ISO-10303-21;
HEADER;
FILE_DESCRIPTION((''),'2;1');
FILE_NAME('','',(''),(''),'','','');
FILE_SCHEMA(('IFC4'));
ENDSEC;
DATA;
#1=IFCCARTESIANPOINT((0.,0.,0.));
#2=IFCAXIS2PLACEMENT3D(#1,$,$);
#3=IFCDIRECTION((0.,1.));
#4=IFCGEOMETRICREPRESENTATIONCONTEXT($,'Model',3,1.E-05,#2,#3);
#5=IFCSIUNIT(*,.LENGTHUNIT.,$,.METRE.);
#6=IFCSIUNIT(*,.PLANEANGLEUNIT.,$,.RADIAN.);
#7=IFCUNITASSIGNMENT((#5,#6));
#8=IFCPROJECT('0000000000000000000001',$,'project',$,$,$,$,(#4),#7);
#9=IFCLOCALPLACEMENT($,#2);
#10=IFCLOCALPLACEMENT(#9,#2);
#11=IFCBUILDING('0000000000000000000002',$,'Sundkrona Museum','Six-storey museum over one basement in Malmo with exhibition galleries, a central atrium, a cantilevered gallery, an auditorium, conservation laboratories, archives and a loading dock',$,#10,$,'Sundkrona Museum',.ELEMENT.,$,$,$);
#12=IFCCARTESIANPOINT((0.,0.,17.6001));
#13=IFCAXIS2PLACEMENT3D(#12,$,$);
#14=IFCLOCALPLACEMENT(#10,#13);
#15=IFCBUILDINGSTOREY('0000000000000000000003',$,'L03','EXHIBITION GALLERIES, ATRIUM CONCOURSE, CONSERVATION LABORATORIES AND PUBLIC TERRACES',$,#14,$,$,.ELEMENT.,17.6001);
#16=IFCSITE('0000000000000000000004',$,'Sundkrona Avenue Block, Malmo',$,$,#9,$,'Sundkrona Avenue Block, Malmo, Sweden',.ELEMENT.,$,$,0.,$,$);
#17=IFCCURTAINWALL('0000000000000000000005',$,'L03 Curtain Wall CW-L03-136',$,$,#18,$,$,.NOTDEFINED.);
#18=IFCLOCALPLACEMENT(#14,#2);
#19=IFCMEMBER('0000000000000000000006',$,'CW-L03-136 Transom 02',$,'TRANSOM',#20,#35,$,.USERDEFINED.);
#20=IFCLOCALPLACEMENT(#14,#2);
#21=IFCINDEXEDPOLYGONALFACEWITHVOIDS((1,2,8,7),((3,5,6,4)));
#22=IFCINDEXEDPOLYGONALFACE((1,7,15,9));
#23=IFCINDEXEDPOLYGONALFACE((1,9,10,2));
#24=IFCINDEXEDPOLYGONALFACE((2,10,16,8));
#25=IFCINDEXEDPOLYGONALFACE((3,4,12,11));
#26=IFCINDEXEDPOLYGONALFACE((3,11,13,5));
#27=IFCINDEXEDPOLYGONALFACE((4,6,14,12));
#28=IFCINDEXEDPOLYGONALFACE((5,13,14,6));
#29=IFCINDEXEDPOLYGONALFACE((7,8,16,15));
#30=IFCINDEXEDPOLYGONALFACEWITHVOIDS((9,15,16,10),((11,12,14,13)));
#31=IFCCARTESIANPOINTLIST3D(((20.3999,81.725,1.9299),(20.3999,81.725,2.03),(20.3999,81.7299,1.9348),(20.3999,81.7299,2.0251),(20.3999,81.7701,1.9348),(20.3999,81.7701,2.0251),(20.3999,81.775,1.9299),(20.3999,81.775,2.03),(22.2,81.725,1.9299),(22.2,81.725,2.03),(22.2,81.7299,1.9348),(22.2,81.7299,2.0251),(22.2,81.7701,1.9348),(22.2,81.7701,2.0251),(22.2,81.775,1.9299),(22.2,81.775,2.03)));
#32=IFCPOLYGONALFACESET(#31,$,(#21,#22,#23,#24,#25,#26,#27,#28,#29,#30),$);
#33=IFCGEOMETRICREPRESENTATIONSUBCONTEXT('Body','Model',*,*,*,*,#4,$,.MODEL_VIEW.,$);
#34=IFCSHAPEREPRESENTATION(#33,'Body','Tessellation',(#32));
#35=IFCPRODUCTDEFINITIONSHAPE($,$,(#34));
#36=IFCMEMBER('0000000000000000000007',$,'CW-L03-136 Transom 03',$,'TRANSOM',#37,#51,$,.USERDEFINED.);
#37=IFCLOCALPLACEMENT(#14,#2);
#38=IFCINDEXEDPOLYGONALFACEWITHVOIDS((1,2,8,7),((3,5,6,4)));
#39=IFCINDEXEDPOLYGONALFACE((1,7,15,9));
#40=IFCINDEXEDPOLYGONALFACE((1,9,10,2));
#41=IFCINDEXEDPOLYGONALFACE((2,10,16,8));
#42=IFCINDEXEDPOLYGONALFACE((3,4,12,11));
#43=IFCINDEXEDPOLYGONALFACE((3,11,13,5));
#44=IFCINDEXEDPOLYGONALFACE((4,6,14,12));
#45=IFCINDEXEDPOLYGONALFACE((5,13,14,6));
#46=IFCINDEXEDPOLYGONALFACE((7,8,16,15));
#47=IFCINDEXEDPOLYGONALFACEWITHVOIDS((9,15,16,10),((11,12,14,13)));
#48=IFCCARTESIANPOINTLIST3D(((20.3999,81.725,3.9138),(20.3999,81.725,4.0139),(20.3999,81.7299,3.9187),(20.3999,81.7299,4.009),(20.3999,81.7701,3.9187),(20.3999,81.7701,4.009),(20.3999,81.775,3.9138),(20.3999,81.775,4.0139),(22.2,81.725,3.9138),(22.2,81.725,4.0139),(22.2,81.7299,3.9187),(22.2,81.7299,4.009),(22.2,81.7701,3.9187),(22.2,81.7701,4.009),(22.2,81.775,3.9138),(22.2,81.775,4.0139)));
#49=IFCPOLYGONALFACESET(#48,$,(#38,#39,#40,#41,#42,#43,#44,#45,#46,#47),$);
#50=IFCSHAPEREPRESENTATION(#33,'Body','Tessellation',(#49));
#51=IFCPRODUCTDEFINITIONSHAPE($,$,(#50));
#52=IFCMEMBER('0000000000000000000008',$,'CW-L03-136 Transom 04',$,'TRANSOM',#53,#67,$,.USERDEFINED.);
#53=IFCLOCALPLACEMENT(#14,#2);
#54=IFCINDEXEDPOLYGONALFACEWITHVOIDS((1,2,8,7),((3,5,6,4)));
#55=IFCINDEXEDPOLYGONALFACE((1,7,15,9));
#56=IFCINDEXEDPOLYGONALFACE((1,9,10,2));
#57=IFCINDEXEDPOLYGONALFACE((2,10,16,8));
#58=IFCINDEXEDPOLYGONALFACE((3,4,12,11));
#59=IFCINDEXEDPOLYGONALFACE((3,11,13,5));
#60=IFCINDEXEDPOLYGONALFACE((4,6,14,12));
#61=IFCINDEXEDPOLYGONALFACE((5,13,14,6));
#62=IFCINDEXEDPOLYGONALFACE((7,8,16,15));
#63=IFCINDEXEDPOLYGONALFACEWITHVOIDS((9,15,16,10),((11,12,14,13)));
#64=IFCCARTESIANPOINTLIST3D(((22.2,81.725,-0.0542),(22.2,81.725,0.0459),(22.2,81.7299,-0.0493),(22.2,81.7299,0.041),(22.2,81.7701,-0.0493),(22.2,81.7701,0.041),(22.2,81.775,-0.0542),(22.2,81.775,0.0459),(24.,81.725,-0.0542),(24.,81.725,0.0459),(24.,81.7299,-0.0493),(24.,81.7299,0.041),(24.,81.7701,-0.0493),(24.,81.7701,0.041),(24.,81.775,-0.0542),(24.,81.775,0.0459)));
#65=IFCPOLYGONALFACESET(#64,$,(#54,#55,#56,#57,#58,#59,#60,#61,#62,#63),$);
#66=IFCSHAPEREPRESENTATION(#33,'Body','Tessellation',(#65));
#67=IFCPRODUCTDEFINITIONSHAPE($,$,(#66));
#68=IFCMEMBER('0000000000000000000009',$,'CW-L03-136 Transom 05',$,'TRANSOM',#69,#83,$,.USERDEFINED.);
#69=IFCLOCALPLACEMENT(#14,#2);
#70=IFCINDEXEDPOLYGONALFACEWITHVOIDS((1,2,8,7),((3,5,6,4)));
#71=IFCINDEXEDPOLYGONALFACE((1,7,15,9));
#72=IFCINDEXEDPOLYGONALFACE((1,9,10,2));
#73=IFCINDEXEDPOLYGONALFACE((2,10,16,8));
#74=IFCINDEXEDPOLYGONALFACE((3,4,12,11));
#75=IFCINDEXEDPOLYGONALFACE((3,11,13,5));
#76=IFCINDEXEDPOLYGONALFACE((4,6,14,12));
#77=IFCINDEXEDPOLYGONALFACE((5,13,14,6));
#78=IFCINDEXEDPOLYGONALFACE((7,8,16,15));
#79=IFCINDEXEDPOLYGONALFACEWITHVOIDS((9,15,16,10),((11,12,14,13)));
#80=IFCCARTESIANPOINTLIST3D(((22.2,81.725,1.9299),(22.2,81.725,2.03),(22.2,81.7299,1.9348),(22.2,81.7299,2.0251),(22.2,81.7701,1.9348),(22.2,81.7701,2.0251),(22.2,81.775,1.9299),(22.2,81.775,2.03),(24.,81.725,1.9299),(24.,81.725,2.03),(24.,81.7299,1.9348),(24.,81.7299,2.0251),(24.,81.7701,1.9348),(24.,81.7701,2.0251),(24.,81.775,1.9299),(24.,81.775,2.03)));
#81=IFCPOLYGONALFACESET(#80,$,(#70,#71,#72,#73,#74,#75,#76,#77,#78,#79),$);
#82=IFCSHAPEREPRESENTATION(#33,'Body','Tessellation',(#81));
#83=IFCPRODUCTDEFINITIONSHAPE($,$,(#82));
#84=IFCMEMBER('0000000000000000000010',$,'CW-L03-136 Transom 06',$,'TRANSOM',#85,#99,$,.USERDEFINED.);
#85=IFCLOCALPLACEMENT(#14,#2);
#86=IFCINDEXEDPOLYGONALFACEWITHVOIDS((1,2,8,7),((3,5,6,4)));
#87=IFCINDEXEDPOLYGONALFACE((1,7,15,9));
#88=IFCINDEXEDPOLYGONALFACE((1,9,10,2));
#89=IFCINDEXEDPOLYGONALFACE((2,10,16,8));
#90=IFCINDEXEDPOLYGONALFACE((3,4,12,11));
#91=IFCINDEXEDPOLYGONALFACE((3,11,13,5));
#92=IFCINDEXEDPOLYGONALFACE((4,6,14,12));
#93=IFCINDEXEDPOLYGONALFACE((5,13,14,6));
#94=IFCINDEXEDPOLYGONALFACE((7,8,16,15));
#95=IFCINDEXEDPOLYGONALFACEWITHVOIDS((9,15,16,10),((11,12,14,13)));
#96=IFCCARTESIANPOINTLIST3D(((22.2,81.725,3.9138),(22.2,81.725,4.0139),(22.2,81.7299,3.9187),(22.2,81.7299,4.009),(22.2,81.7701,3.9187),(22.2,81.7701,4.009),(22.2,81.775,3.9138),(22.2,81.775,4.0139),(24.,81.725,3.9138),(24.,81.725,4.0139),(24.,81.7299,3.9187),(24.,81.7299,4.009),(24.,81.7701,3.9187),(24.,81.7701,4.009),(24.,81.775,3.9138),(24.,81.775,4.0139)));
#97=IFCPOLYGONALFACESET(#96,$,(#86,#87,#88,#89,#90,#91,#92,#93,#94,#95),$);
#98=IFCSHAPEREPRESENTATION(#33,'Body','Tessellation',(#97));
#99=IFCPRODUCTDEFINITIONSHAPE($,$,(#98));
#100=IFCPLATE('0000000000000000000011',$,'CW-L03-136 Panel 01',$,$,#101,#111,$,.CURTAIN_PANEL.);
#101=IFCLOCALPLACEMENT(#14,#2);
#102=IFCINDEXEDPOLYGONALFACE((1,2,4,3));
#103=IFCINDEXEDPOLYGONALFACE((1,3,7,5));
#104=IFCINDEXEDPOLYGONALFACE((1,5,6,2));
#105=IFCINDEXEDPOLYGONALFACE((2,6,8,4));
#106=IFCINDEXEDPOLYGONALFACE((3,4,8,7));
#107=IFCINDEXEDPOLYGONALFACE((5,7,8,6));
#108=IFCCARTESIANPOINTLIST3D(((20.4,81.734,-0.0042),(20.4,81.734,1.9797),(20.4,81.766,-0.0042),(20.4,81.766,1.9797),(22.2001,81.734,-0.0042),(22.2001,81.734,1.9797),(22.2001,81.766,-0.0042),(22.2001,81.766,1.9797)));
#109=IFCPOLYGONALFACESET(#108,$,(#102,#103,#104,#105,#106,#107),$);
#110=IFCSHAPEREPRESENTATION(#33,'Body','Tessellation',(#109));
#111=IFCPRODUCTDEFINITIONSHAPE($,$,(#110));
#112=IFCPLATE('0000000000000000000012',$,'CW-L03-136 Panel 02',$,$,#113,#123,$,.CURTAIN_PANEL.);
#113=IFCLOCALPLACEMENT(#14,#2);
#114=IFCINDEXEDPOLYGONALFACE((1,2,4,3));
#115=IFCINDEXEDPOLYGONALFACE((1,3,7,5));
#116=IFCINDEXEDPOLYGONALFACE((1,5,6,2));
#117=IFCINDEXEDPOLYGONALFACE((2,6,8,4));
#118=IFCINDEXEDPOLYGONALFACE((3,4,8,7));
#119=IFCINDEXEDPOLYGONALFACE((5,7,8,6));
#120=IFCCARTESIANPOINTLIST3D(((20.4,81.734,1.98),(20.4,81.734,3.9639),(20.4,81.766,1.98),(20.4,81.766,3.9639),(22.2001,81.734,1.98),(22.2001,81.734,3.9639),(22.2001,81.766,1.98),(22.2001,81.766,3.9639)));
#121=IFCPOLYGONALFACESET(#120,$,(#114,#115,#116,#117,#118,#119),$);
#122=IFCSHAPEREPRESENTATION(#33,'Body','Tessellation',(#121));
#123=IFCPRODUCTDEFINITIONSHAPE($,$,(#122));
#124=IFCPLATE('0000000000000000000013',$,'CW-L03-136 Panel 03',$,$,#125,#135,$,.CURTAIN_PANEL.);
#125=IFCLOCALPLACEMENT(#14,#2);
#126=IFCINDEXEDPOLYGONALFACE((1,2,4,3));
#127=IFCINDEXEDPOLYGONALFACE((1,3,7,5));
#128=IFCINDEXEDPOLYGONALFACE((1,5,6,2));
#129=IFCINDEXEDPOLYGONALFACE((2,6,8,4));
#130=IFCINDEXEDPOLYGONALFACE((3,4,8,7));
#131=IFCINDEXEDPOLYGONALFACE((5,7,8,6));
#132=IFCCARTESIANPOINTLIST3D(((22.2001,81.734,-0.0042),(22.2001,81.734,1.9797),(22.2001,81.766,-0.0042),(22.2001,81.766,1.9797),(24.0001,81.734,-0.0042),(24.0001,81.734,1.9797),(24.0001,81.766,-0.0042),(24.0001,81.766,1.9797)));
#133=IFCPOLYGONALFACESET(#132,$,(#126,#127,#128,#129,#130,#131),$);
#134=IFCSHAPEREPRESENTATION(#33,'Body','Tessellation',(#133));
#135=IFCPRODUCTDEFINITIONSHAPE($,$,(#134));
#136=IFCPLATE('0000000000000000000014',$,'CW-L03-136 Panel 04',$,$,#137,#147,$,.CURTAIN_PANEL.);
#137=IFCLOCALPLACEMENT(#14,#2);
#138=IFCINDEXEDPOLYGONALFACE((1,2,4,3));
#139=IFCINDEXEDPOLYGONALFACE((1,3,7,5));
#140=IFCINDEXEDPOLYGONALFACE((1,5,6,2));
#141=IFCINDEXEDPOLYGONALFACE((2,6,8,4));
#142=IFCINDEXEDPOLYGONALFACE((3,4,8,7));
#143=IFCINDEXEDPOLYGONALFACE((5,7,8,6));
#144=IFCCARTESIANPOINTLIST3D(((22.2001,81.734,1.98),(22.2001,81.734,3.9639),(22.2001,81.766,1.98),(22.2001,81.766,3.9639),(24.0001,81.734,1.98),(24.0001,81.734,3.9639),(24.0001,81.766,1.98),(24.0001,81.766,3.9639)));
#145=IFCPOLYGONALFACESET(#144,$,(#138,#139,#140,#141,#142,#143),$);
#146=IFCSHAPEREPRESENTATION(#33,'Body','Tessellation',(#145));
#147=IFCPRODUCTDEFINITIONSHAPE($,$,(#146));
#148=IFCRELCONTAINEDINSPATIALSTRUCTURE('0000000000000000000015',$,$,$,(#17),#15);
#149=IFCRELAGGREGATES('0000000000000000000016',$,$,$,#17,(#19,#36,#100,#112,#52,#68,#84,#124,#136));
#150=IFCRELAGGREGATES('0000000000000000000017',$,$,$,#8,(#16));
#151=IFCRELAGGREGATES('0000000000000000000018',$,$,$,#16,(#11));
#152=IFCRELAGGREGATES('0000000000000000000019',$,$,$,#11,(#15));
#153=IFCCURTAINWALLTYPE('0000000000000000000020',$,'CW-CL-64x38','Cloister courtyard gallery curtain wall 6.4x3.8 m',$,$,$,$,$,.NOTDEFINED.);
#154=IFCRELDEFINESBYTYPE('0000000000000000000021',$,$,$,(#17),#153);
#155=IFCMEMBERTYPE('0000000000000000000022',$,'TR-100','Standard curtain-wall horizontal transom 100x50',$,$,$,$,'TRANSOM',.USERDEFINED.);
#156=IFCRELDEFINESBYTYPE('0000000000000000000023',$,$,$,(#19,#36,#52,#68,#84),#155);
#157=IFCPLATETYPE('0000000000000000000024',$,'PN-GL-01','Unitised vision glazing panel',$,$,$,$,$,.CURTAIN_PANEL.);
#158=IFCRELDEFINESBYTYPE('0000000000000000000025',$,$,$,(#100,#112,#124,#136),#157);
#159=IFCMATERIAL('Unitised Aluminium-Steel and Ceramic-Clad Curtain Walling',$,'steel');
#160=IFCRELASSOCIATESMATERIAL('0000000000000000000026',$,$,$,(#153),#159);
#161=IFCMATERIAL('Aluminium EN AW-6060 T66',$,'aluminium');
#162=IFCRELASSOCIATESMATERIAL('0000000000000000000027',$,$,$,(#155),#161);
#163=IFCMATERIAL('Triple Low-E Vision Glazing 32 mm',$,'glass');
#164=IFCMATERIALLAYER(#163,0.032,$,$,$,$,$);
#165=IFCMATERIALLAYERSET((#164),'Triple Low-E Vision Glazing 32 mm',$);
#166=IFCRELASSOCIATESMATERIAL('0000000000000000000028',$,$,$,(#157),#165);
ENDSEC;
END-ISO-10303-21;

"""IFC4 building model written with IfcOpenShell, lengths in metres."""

from ifc_helpers import new_model, si_unit, direction, frame, origin, origin_2d, place, context, subcontext, project, spatial, rectangle, hollow_rectangle, extrude, material, layer, layer_set, material_profile, profile_set, type_object, element, aggregate, save


model = new_model("IFC4")

# Units and contexts
model_context = context("Model", 3, precision=1e-05, world=origin(), true_north=direction((0.0, 1.0)))
body_context = subcontext(model_context, "Body", "Model", "MODEL_VIEW")
ifc_project = project(units=[si_unit("LENGTHUNIT", "METRE"), si_unit("PLANEANGLEUNIT", "RADIAN")], contexts=[model_context])

# Site, building, storey
site_placement = place(None, origin())
site = spatial("IfcSite", under=ifc_project, at=site_placement, Name="Sundkrona Avenue Block, Malmo", LongName="Sundkrona Avenue Block, Malmo, Sweden", CompositionType="ELEMENT", RefElevation=0.0)
building_placement = place(site_placement, origin())
building = spatial("IfcBuilding", under=site, at=building_placement, Name="Sundkrona Museum", Description="Six-storey museum over one basement in Malmo with exhibition galleries, a central atrium, a cantilevered gallery, an auditorium, conservation laboratories, archives and a loading dock", LongName="Sundkrona Museum", CompositionType="ELEMENT")
storey_placement = place(building_placement, frame((0.0, 0.0, 17.6001)))
storey = spatial("IfcBuildingStorey", under=building, at=storey_placement, Name="L03", Description="EXHIBITION GALLERIES, ATRIUM CONCOURSE, CONSERVATION LABORATORIES AND PUBLIC TERRACES", CompositionType="ELEMENT", Elevation=17.6001)

# Curtain wall
ifc_material_1 = material(Name="Unitised Aluminium-Steel and Ceramic-Clad Curtain Walling", Category="steel")
curtain_wall_type = type_object("IfcCurtainWallType", Name="CW-CL-64x38", Description="Cloister courtyard gallery curtain wall 6.4x3.8 m", PredefinedType="NOTDEFINED", material=ifc_material_1)
curtain_wall_placement = place(storey_placement, origin())
curtain_wall = element("IfcCurtainWall", 1, at=curtain_wall_placement, inside=storey, type_object=curtain_wall_type, Name="L03 Curtain Wall CW-L03-136", PredefinedType="NOTDEFINED")
ifc_material_2 = material(Name="Aluminium EN AW-6060 T66", Category="aluminium")

# Members
ifc_material_profile_1 = material_profile(ifc_material_2, hollow_rectangle(XDim=0.05, YDim=0.1001, WallThickness=0.0049, at=origin_2d()), Name="RHS 100x50x5.0")
ifc_profile_set_1 = profile_set([ifc_material_profile_1], Name="Aluminium EN AW-6060 T66")
member_type_1 = type_object("IfcMemberType", Name="TR-100", Description="Standard curtain-wall horizontal transom 100x50", ElementType="TRANSOM", PredefinedType="USERDEFINED", material=ifc_profile_set_1)
member_1_placement = place(storey_placement, frame((20.3999, 81.75, 1.98), z_axis=(1.0, 0.0, 0.0), x_axis=(0.0, 1.0, 0.0)))
member_1 = element("IfcMember", 2, at=member_1_placement, type_object=member_type_1, Name="CW-L03-136 Transom 02", ObjectType="TRANSOM", PredefinedType="USERDEFINED", context=body_context, shape_type="SweptSolid", body=[
    extrude(hollow_rectangle(XDim=0.05, YDim=0.1001, WallThickness=0.0049, at=origin_2d()), origin(), (0.0, 0.0, 1.0), 1.8),
])
member_2_placement = place(storey_placement, frame((20.3999, 81.75, 3.9639), z_axis=(1.0, 0.0, 0.0), x_axis=(0.0, 1.0, 0.0)))
member_2 = element("IfcMember", 3, at=member_2_placement, type_object=member_type_1, Name="CW-L03-136 Transom 03", ObjectType="TRANSOM", PredefinedType="USERDEFINED", context=body_context, shape_type="SweptSolid", body=[
    extrude(hollow_rectangle(XDim=0.05, YDim=0.1001, WallThickness=0.0049, at=origin_2d()), origin(), (0.0, 0.0, 1.0), 1.8),
])
member_3_placement = place(storey_placement, frame((22.2, 81.75, -0.0042), z_axis=(1.0, 0.0, 0.0), x_axis=(0.0, 1.0, 0.0)))
member_3 = element("IfcMember", 4, at=member_3_placement, type_object=member_type_1, Name="CW-L03-136 Transom 04", ObjectType="TRANSOM", PredefinedType="USERDEFINED", context=body_context, shape_type="SweptSolid", body=[
    extrude(hollow_rectangle(XDim=0.05, YDim=0.1001, WallThickness=0.0049, at=origin_2d()), origin(), (0.0, 0.0, 1.0), 1.8),
])
member_4_placement = place(storey_placement, frame((22.2, 81.75, 1.98), z_axis=(1.0, 0.0, 0.0), x_axis=(0.0, 1.0, 0.0)))
member_4 = element("IfcMember", 5, at=member_4_placement, type_object=member_type_1, Name="CW-L03-136 Transom 05", ObjectType="TRANSOM", PredefinedType="USERDEFINED", context=body_context, shape_type="SweptSolid", body=[
    extrude(hollow_rectangle(XDim=0.05, YDim=0.1001, WallThickness=0.0049, at=origin_2d()), origin(), (0.0, 0.0, 1.0), 1.8),
])
member_5_placement = place(storey_placement, frame((22.2, 81.75, 3.9639), z_axis=(1.0, 0.0, 0.0), x_axis=(0.0, 1.0, 0.0)))
member_5 = element("IfcMember", 6, at=member_5_placement, type_object=member_type_1, Name="CW-L03-136 Transom 06", ObjectType="TRANSOM", PredefinedType="USERDEFINED", context=body_context, shape_type="SweptSolid", body=[
    extrude(hollow_rectangle(XDim=0.05, YDim=0.1001, WallThickness=0.0049, at=origin_2d()), origin(), (0.0, 0.0, 1.0), 1.8),
])

# Plates
ifc_material_3 = material(Name="Triple Low-E Vision Glazing 32 mm", Category="glass")
ifc_layer_1 = layer(ifc_material_3, 0.032)
ifc_layer_set_1 = layer_set([ifc_layer_1], Name="Triple Low-E Vision Glazing 32 mm")
plate_type = type_object("IfcPlateType", Name="PN-GL-01", Description="Unitised vision glazing panel", PredefinedType="CURTAIN_PANEL", material=ifc_layer_set_1)
plate_1_placement = place(storey_placement, frame((21.3, 81.75, -0.0042), z_axis=(0.0, 0.0, 1.0), x_axis=(1.0, 0.0, 0.0)))
plate_1 = element("IfcPlate", 7, at=plate_1_placement, type_object=plate_type, Name="CW-L03-136 Panel 01", PredefinedType="CURTAIN_PANEL", context=body_context, shape_type="SweptSolid", body=[
    extrude(rectangle(XDim=1.8, YDim=0.032, at=origin_2d()), origin(), (0.0, 0.0, 1.0), 1.9839),
])
plate_2_placement = place(storey_placement, frame((21.3, 81.75, 1.98), z_axis=(0.0, 0.0, 1.0), x_axis=(1.0, 0.0, 0.0)))
plate_2 = element("IfcPlate", 8, at=plate_2_placement, type_object=plate_type, Name="CW-L03-136 Panel 02", PredefinedType="CURTAIN_PANEL", context=body_context, shape_type="SweptSolid", body=[
    extrude(rectangle(XDim=1.8, YDim=0.032, at=origin_2d()), origin(), (0.0, 0.0, 1.0), 1.9839),
])
plate_3_placement = place(storey_placement, frame((23.1001, 81.75, -0.0042), z_axis=(0.0, 0.0, 1.0), x_axis=(1.0, 0.0, 0.0)))
plate_3 = element("IfcPlate", 9, at=plate_3_placement, type_object=plate_type, Name="CW-L03-136 Panel 03", PredefinedType="CURTAIN_PANEL", context=body_context, shape_type="SweptSolid", body=[
    extrude(rectangle(XDim=1.8, YDim=0.032, at=origin_2d()), origin(), (0.0, 0.0, 1.0), 1.9839),
])
plate_4_placement = place(storey_placement, frame((23.1001, 81.75, 1.98), z_axis=(0.0, 0.0, 1.0), x_axis=(1.0, 0.0, 0.0)))
plate_4 = element("IfcPlate", 10, at=plate_4_placement, type_object=plate_type, Name="CW-L03-136 Panel 04", PredefinedType="CURTAIN_PANEL", context=body_context, shape_type="SweptSolid", body=[
    extrude(rectangle(XDim=1.8, YDim=0.032, at=origin_2d()), origin(), (0.0, 0.0, 1.0), 1.9839),
])
aggregate(curtain_wall, [member_1, member_2, plate_1, plate_2, member_3, member_4, member_5, plate_3, plate_4])

save(model, "model.ifc")
